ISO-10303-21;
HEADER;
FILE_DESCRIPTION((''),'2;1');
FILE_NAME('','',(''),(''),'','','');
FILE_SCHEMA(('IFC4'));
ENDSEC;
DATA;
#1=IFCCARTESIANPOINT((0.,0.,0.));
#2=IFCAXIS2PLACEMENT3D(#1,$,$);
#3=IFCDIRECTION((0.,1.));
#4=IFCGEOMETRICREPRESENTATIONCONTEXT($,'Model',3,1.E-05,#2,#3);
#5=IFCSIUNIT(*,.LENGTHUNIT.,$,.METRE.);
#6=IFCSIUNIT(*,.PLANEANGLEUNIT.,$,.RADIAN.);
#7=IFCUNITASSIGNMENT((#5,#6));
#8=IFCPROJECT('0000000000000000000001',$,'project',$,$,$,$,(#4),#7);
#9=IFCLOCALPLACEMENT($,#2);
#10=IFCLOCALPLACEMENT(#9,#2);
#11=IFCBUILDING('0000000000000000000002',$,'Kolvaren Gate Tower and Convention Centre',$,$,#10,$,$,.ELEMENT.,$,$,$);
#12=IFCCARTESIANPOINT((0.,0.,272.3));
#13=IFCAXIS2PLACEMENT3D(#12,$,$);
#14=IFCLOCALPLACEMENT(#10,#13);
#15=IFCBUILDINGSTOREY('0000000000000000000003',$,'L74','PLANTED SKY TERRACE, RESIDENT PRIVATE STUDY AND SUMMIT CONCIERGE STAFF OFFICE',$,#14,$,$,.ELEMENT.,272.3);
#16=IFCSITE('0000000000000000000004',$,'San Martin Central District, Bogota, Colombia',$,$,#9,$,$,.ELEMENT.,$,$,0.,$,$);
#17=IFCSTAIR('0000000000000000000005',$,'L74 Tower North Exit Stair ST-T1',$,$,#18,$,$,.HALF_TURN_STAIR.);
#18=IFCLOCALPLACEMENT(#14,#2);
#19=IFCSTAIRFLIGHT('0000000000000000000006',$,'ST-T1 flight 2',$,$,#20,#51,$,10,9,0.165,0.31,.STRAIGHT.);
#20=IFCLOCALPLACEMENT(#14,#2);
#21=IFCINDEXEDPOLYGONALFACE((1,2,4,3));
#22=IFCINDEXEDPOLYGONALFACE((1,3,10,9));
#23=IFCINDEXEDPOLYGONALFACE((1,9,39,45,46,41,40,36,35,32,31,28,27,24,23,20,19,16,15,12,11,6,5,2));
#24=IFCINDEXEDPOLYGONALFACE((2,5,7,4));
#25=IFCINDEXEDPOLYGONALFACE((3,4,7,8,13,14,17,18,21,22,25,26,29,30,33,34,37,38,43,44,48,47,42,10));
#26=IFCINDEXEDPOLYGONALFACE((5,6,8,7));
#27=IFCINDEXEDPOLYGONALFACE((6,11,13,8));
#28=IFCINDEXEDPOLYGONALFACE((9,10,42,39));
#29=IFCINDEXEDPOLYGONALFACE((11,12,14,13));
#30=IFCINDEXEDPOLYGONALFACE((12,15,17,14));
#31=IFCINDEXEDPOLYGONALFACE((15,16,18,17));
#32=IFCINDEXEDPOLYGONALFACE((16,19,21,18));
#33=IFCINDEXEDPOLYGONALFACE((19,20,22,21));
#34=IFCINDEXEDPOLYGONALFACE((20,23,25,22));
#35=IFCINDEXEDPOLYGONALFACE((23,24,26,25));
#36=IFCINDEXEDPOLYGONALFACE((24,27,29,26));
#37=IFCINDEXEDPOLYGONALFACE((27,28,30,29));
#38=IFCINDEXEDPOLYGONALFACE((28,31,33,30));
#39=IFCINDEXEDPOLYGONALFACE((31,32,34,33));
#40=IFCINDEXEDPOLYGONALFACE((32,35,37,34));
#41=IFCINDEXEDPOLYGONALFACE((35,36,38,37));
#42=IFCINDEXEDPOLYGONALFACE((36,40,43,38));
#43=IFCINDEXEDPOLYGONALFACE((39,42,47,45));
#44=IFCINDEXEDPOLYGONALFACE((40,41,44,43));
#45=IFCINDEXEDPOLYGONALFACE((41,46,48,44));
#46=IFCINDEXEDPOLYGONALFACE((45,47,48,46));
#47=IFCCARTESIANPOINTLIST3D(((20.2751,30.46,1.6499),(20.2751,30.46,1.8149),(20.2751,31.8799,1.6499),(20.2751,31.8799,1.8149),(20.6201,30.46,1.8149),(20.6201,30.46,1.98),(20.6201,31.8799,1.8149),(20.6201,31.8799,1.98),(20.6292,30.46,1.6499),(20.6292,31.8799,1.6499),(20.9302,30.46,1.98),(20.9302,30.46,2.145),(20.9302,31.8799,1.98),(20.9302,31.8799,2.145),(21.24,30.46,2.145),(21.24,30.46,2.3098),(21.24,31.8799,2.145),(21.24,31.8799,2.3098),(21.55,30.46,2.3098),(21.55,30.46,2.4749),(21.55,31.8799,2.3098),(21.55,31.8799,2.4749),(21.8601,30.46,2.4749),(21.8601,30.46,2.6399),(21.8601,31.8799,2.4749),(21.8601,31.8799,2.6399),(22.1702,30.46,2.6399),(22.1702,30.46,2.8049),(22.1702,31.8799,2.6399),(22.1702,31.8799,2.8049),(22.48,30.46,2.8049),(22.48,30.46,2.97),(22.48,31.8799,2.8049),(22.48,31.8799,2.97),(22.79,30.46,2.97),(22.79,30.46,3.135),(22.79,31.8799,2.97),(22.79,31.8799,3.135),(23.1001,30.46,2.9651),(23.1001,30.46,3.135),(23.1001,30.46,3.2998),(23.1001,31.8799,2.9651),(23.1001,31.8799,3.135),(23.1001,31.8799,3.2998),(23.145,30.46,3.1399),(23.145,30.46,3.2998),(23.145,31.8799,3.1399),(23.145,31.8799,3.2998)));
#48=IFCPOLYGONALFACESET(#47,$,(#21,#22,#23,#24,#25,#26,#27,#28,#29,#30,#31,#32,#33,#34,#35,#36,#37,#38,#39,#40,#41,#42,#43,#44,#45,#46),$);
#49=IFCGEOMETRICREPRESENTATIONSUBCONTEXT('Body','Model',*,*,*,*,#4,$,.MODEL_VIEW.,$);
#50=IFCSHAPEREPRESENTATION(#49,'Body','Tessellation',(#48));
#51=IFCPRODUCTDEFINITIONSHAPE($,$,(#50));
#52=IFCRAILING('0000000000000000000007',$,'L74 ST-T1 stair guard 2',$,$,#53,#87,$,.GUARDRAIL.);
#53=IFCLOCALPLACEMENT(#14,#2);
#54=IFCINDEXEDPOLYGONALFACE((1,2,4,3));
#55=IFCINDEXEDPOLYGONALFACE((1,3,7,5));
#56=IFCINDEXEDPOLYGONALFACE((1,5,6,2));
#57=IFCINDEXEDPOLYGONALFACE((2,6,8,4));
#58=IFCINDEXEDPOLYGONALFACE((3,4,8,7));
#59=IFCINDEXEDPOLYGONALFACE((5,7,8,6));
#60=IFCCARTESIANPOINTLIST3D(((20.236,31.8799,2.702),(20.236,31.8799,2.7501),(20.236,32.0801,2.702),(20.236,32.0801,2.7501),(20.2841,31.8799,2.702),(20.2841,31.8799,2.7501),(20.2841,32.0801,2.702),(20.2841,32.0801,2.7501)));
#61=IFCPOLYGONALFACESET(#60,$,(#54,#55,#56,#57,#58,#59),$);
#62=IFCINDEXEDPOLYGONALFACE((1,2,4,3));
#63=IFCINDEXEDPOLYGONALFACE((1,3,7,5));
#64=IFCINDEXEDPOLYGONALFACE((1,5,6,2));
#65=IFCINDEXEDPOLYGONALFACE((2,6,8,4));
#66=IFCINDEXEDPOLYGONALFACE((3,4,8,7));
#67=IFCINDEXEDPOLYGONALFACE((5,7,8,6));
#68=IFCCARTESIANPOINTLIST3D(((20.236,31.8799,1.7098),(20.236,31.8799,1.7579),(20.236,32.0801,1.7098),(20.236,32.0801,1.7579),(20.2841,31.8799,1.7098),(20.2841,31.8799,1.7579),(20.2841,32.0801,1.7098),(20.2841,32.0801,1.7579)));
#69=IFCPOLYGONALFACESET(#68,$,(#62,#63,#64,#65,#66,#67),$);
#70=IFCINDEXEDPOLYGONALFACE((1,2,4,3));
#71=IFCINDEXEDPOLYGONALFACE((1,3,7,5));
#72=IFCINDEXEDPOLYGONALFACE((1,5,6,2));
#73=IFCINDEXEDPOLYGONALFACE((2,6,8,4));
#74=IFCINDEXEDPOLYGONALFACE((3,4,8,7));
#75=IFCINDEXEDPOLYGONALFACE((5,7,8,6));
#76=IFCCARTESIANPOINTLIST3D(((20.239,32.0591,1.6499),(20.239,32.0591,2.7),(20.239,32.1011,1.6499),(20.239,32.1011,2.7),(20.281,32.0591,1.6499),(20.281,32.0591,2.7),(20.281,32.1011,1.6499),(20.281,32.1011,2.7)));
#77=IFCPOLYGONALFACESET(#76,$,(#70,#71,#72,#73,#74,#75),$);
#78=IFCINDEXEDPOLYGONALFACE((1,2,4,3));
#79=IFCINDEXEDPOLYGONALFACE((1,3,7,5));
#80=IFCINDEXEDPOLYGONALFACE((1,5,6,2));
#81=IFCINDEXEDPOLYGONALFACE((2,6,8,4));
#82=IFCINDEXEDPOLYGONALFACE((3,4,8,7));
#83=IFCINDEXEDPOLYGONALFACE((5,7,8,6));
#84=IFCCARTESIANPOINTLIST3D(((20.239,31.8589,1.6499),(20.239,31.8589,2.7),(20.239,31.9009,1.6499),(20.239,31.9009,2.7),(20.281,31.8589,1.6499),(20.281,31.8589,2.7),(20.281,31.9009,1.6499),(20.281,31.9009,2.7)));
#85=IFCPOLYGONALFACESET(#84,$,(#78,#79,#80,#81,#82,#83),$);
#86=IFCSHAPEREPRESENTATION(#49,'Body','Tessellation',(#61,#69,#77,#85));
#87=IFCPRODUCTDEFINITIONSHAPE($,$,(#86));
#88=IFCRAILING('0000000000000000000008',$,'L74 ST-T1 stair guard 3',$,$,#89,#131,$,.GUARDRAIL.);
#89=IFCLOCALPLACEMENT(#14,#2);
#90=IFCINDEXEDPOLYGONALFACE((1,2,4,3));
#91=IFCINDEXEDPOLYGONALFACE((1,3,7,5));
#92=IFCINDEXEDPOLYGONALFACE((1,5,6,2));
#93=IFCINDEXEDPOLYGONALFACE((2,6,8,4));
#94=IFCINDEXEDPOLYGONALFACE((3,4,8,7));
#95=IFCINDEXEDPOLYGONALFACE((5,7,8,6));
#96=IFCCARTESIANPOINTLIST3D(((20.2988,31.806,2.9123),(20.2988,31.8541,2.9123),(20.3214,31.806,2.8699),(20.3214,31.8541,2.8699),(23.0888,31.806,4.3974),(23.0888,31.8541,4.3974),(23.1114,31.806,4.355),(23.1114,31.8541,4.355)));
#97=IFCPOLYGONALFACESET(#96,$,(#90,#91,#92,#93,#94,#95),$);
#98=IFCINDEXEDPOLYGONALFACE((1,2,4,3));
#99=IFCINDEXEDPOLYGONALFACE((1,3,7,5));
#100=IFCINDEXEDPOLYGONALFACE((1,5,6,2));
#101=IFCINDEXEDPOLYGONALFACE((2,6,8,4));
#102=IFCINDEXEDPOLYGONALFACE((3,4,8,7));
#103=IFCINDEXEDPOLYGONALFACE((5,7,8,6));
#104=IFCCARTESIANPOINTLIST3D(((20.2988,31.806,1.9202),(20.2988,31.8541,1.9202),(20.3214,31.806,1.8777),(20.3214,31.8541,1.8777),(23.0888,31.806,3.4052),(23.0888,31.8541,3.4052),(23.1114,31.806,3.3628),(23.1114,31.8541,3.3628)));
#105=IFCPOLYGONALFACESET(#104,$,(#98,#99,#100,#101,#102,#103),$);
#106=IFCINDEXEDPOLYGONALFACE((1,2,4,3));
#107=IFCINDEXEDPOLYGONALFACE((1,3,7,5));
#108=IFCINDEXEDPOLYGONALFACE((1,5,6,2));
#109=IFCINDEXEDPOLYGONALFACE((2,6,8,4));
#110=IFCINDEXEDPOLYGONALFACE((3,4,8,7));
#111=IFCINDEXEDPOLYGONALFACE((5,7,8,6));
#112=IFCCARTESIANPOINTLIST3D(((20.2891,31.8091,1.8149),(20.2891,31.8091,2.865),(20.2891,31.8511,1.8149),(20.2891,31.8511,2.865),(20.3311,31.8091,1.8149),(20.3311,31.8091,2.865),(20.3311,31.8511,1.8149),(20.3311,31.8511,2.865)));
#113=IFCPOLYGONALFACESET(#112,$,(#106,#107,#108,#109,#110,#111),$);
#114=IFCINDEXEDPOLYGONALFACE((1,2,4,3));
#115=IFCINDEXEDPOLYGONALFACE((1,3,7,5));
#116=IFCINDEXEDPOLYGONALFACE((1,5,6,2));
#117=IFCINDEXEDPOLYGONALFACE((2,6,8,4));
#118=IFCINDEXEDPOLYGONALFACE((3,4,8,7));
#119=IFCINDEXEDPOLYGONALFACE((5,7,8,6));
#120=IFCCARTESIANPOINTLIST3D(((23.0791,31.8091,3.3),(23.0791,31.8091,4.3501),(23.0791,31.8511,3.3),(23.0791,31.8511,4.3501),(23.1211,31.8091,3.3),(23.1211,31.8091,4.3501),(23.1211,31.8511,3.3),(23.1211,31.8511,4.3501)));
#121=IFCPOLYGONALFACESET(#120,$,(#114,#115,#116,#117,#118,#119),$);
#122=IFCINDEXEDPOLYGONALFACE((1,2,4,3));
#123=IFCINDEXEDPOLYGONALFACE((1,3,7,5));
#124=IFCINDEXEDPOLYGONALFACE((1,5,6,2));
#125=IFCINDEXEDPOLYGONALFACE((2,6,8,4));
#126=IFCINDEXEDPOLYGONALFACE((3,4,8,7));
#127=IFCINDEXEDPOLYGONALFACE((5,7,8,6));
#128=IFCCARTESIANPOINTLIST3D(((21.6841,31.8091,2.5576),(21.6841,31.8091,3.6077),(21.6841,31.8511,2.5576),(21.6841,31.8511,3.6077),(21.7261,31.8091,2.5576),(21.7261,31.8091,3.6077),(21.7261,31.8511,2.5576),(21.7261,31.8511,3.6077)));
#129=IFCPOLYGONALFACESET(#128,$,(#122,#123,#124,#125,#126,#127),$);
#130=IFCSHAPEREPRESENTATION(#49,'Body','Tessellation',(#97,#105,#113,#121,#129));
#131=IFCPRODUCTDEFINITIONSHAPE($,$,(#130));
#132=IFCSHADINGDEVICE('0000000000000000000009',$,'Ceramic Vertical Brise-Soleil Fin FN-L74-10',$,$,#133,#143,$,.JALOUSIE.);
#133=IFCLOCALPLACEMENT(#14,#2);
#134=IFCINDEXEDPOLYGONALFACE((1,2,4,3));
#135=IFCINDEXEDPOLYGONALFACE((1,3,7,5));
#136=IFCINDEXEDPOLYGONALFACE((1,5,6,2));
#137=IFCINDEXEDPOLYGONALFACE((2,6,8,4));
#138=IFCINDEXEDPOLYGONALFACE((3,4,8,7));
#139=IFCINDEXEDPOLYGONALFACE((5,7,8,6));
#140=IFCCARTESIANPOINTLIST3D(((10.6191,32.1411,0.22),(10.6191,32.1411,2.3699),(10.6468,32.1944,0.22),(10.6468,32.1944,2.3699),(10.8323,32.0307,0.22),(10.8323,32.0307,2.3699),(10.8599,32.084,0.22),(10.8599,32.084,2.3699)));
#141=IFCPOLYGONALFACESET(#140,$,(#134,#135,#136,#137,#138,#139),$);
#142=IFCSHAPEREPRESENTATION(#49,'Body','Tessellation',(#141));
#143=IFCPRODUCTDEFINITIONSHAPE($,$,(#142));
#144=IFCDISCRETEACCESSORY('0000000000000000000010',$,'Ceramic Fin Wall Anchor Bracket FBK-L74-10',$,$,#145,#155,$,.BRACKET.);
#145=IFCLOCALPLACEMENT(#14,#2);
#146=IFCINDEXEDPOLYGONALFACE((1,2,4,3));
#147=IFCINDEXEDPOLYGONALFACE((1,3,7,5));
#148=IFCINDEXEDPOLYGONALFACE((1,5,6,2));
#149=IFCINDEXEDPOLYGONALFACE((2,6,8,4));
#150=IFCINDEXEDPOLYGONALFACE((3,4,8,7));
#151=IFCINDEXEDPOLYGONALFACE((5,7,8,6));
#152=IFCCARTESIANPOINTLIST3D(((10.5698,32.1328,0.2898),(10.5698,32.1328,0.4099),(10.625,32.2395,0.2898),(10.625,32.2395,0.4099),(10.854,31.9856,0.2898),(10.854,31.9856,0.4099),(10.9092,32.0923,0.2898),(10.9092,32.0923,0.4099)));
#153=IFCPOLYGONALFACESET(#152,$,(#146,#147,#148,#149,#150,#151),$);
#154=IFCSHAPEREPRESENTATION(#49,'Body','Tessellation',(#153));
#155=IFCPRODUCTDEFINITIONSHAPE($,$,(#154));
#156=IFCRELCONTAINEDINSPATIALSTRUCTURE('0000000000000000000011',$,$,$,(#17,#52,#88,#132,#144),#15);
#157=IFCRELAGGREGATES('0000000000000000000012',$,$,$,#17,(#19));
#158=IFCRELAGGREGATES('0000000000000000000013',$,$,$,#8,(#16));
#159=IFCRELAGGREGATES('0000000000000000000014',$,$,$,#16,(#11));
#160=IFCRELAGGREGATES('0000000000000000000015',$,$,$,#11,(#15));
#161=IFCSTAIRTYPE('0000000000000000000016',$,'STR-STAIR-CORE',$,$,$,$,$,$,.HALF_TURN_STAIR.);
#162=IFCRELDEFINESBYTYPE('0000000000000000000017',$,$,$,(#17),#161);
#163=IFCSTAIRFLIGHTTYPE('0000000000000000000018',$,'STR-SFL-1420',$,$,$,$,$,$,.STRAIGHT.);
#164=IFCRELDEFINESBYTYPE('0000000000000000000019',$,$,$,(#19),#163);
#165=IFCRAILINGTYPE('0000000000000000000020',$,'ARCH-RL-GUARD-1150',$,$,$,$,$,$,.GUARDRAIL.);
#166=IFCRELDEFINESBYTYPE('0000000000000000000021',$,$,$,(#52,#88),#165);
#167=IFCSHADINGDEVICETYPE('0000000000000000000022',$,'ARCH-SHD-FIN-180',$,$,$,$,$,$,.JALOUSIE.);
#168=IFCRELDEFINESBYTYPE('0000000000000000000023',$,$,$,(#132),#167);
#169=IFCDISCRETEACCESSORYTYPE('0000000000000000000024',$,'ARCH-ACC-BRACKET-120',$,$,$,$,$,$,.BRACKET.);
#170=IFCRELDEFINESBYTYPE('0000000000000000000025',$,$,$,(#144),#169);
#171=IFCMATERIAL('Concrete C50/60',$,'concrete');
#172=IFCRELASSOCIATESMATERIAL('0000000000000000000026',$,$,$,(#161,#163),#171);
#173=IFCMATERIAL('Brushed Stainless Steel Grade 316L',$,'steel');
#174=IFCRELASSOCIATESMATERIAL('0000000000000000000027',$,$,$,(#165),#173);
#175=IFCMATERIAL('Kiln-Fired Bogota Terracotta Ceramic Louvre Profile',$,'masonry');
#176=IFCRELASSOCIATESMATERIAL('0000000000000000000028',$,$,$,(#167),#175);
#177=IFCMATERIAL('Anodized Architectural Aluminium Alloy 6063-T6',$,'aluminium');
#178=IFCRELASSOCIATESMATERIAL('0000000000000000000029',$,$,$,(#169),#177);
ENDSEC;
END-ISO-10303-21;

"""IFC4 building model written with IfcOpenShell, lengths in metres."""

from ifc_helpers import new_model, si_unit, direction, frame, origin, origin_2d, place, context, subcontext, project, spatial, polyline, rectangle, outline, extrude, material, type_object, element, aggregate, save


model = new_model("IFC4")

# Units and contexts
model_context = context("Model", 3, precision=1e-05, world=origin(), true_north=direction((0.0, 1.0)))
body_context = subcontext(model_context, "Body", "Model", "MODEL_VIEW")
ifc_project = project(units=[si_unit("LENGTHUNIT", "METRE"), si_unit("PLANEANGLEUNIT", "RADIAN")], contexts=[model_context])

# Site, building, storey
site_placement = place(None, origin())
site = spatial("IfcSite", under=ifc_project, at=site_placement, Name="San Martin Central District, Bogota, Colombia", CompositionType="ELEMENT", RefElevation=0.0)
building_placement = place(site_placement, origin())
building = spatial("IfcBuilding", under=site, at=building_placement, Name="Kolvaren Gate Tower and Convention Centre", CompositionType="ELEMENT")
storey_placement = place(building_placement, frame((0.0, 0.0, 272.3)))
storey = spatial("IfcBuildingStorey", under=building, at=storey_placement, Name="L74", Description="PLANTED SKY TERRACE, RESIDENT PRIVATE STUDY AND SUMMIT CONCIERGE STAFF OFFICE", CompositionType="ELEMENT", Elevation=272.3)

# Shared definitions
ifc_material_1 = material(Name="Anodized Architectural Aluminium Alloy 6063-T6", Category="aluminium")

# Shared definitions
ifc_material_2 = material(Name="Concrete C50/60", Category="concrete")

# Stair, stair flight
stair_type = type_object("IfcStairType", Name="STR-STAIR-CORE", PredefinedType="HALF_TURN_STAIR", material=ifc_material_2)
stair_placement = place(storey_placement, origin())
stair = element("IfcStair", 1, at=stair_placement, inside=storey, type_object=stair_type, Name="L74 Tower North Exit Stair ST-T1", PredefinedType="HALF_TURN_STAIR")
stair_flight_type = type_object("IfcStairFlightType", Name="STR-SFL-1420", PredefinedType="STRAIGHT", material=ifc_material_2)
stair_flight_placement = place(storey_placement, frame((20.3101, 31.1699, 1.6499), z_axis=(0.0, 0.0, 1.0), x_axis=(1.0, 0.0, 0.0)))
stair_flight = element("IfcStairFlight", 2, at=stair_flight_placement, type_object=stair_flight_type, Name="ST-T1 flight 2", NumberOfRisers=10, NumberOfTreads=9, PredefinedType="STRAIGHT", RiserHeight=0.165, TreadLength=0.31, context=body_context, shape_type="SweptSolid", body=[
    extrude(outline(polyline([(-0.0349, 0.0), (-0.0349, 0.165), (0.3101, 0.165), (0.3101, 0.3301), (0.6201, 0.3301), (0.6201, 0.4951), (0.9299, 0.4951), (0.9299, 0.6599), (1.24, 0.6599), (1.24, 0.825), (1.55, 0.825), (1.55, 0.99), (1.8601, 0.99), (1.8601, 1.155), (2.1699, 1.155), (2.1699, 1.3201), (2.48, 1.3201), (2.48, 1.4851), (2.79, 1.4851), (2.79, 1.6499), (2.835, 1.6499), (2.835, 1.49), (2.79, 1.3152), (0.3191, 0.0), (-0.0349, 0.0)])), frame((0.0, 0.71, 0.0), z_axis=(0.0, -1.0, 0.0), x_axis=(1.0, 0.0, 0.0)), (0.0, 0.0, 1.0), 1.4199),
])
aggregate(stair, [stair_flight])

# Railings
ifc_material_3 = material(Name="Brushed Stainless Steel Grade 316L", Category="steel")
railing_type = type_object("IfcRailingType", Name="ARCH-RL-GUARD-1150", PredefinedType="GUARDRAIL", material=ifc_material_3)
railing_1_placement = place(storey_placement, frame((20.26, 32.0801, 1.6499)))
element("IfcRailing", 3, at=railing_1_placement, inside=storey, type_object=railing_type, Name="L74 ST-T1 stair guard 2", PredefinedType="GUARDRAIL", context=body_context, shape_type="SweptSolid", body=[
    extrude(rectangle(XDim=0.0481, YDim=0.0481, at=origin_2d()), frame((0.0, 0.0, 1.0762), z_axis=(0.0, -1.0, 0.0), x_axis=(1.0, 0.0, 0.0)), (0.0, 0.0, 1.0), 0.2002),
    extrude(rectangle(XDim=0.0481, YDim=0.0481, at=origin_2d()), frame((0.0, 0.0, 0.084), z_axis=(0.0, -1.0, 0.0), x_axis=(1.0, 0.0, 0.0)), (0.0, 0.0, 1.0), 0.2002),
    extrude(rectangle(XDim=0.042, YDim=0.042, at=origin_2d()), origin(), (0.0, 0.0, 1.0), 1.05),
    extrude(rectangle(XDim=0.042, YDim=0.042, at=origin_2d()), frame((0.0, -0.2002, 0.0)), (0.0, 0.0, 1.0), 1.05),
])
railing_2_placement = place(storey_placement, frame((20.3101, 31.8301, 1.8149)))
element("IfcRailing", 4, at=railing_2_placement, inside=storey, type_object=railing_type, Name="L74 ST-T1 stair guard 3", PredefinedType="GUARDRAIL", context=body_context, shape_type="SweptSolid", body=[
    extrude(rectangle(XDim=0.0481, YDim=0.0481, at=origin_2d()), frame((0.0, 0.0, 1.0762), z_axis=(0.882735, 0.0, 0.46987), x_axis=(0.0, 1.0, 0.0)), (0.0, 0.0, 1.0), 3.1606),
    extrude(rectangle(XDim=0.0481, YDim=0.0481, at=origin_2d()), frame((0.0, 0.0, 0.084), z_axis=(0.882735, 0.0, 0.46987), x_axis=(0.0, 1.0, 0.0)), (0.0, 0.0, 1.0), 3.1606),
    extrude(rectangle(XDim=0.042, YDim=0.042, at=origin_2d()), origin(), (0.0, 0.0, 1.0), 1.05),
    extrude(rectangle(XDim=0.042, YDim=0.042, at=origin_2d()), frame((2.79, 0.0, 1.4851)), (0.0, 0.0, 1.0), 1.05),
    extrude(rectangle(XDim=0.042, YDim=0.042, at=origin_2d()), frame((1.395, 0.0, 0.7427)), (0.0, 0.0, 1.0), 1.05),
])

# Shading device
ifc_material_4 = material(Name="Kiln-Fired Bogota Terracotta Ceramic Louvre Profile", Category="masonry")
shading_device_type = type_object("IfcShadingDeviceType", Name="ARCH-SHD-FIN-180", PredefinedType="JALOUSIE", material=ifc_material_4)
shading_device_placement = place(storey_placement, frame((10.7395, 32.1125, 0.22), z_axis=(0.0, 0.0, 1.0), x_axis=(0.459794, 0.888026, 0.0)))
element("IfcShadingDevice", 5, at=shading_device_placement, inside=storey, type_object=shading_device_type, Name="Ceramic Vertical Brise-Soleil Fin FN-L74-10", PredefinedType="JALOUSIE", context=body_context, shape_type="SweptSolid", body=[
    extrude(rectangle(XDim=0.0601, YDim=0.24, at=origin_2d()), origin(), (0.0, 0.0, 1.0), 2.1499),
])

# Discrete accessory
discrete_accessory_type = type_object("IfcDiscreteAccessoryType", Name="ARCH-ACC-BRACKET-120", PredefinedType="BRACKET", material=ifc_material_1)
discrete_accessory_placement = place(storey_placement, frame((10.7395, 32.1125, 0.2898), z_axis=(0.0, 0.0, 1.0), x_axis=(0.459794, 0.888026, 0.0)))
element("IfcDiscreteAccessory", 6, at=discrete_accessory_placement, inside=storey, type_object=discrete_accessory_type, Name="Ceramic Fin Wall Anchor Bracket FBK-L74-10", PredefinedType="BRACKET", context=body_context, shape_type="SweptSolid", body=[
    extrude(rectangle(XDim=0.1201, YDim=0.3201, at=origin_2d()), origin(), (0.0, 0.0, 1.0), 0.1201),
])

save(model, "model.ifc")
